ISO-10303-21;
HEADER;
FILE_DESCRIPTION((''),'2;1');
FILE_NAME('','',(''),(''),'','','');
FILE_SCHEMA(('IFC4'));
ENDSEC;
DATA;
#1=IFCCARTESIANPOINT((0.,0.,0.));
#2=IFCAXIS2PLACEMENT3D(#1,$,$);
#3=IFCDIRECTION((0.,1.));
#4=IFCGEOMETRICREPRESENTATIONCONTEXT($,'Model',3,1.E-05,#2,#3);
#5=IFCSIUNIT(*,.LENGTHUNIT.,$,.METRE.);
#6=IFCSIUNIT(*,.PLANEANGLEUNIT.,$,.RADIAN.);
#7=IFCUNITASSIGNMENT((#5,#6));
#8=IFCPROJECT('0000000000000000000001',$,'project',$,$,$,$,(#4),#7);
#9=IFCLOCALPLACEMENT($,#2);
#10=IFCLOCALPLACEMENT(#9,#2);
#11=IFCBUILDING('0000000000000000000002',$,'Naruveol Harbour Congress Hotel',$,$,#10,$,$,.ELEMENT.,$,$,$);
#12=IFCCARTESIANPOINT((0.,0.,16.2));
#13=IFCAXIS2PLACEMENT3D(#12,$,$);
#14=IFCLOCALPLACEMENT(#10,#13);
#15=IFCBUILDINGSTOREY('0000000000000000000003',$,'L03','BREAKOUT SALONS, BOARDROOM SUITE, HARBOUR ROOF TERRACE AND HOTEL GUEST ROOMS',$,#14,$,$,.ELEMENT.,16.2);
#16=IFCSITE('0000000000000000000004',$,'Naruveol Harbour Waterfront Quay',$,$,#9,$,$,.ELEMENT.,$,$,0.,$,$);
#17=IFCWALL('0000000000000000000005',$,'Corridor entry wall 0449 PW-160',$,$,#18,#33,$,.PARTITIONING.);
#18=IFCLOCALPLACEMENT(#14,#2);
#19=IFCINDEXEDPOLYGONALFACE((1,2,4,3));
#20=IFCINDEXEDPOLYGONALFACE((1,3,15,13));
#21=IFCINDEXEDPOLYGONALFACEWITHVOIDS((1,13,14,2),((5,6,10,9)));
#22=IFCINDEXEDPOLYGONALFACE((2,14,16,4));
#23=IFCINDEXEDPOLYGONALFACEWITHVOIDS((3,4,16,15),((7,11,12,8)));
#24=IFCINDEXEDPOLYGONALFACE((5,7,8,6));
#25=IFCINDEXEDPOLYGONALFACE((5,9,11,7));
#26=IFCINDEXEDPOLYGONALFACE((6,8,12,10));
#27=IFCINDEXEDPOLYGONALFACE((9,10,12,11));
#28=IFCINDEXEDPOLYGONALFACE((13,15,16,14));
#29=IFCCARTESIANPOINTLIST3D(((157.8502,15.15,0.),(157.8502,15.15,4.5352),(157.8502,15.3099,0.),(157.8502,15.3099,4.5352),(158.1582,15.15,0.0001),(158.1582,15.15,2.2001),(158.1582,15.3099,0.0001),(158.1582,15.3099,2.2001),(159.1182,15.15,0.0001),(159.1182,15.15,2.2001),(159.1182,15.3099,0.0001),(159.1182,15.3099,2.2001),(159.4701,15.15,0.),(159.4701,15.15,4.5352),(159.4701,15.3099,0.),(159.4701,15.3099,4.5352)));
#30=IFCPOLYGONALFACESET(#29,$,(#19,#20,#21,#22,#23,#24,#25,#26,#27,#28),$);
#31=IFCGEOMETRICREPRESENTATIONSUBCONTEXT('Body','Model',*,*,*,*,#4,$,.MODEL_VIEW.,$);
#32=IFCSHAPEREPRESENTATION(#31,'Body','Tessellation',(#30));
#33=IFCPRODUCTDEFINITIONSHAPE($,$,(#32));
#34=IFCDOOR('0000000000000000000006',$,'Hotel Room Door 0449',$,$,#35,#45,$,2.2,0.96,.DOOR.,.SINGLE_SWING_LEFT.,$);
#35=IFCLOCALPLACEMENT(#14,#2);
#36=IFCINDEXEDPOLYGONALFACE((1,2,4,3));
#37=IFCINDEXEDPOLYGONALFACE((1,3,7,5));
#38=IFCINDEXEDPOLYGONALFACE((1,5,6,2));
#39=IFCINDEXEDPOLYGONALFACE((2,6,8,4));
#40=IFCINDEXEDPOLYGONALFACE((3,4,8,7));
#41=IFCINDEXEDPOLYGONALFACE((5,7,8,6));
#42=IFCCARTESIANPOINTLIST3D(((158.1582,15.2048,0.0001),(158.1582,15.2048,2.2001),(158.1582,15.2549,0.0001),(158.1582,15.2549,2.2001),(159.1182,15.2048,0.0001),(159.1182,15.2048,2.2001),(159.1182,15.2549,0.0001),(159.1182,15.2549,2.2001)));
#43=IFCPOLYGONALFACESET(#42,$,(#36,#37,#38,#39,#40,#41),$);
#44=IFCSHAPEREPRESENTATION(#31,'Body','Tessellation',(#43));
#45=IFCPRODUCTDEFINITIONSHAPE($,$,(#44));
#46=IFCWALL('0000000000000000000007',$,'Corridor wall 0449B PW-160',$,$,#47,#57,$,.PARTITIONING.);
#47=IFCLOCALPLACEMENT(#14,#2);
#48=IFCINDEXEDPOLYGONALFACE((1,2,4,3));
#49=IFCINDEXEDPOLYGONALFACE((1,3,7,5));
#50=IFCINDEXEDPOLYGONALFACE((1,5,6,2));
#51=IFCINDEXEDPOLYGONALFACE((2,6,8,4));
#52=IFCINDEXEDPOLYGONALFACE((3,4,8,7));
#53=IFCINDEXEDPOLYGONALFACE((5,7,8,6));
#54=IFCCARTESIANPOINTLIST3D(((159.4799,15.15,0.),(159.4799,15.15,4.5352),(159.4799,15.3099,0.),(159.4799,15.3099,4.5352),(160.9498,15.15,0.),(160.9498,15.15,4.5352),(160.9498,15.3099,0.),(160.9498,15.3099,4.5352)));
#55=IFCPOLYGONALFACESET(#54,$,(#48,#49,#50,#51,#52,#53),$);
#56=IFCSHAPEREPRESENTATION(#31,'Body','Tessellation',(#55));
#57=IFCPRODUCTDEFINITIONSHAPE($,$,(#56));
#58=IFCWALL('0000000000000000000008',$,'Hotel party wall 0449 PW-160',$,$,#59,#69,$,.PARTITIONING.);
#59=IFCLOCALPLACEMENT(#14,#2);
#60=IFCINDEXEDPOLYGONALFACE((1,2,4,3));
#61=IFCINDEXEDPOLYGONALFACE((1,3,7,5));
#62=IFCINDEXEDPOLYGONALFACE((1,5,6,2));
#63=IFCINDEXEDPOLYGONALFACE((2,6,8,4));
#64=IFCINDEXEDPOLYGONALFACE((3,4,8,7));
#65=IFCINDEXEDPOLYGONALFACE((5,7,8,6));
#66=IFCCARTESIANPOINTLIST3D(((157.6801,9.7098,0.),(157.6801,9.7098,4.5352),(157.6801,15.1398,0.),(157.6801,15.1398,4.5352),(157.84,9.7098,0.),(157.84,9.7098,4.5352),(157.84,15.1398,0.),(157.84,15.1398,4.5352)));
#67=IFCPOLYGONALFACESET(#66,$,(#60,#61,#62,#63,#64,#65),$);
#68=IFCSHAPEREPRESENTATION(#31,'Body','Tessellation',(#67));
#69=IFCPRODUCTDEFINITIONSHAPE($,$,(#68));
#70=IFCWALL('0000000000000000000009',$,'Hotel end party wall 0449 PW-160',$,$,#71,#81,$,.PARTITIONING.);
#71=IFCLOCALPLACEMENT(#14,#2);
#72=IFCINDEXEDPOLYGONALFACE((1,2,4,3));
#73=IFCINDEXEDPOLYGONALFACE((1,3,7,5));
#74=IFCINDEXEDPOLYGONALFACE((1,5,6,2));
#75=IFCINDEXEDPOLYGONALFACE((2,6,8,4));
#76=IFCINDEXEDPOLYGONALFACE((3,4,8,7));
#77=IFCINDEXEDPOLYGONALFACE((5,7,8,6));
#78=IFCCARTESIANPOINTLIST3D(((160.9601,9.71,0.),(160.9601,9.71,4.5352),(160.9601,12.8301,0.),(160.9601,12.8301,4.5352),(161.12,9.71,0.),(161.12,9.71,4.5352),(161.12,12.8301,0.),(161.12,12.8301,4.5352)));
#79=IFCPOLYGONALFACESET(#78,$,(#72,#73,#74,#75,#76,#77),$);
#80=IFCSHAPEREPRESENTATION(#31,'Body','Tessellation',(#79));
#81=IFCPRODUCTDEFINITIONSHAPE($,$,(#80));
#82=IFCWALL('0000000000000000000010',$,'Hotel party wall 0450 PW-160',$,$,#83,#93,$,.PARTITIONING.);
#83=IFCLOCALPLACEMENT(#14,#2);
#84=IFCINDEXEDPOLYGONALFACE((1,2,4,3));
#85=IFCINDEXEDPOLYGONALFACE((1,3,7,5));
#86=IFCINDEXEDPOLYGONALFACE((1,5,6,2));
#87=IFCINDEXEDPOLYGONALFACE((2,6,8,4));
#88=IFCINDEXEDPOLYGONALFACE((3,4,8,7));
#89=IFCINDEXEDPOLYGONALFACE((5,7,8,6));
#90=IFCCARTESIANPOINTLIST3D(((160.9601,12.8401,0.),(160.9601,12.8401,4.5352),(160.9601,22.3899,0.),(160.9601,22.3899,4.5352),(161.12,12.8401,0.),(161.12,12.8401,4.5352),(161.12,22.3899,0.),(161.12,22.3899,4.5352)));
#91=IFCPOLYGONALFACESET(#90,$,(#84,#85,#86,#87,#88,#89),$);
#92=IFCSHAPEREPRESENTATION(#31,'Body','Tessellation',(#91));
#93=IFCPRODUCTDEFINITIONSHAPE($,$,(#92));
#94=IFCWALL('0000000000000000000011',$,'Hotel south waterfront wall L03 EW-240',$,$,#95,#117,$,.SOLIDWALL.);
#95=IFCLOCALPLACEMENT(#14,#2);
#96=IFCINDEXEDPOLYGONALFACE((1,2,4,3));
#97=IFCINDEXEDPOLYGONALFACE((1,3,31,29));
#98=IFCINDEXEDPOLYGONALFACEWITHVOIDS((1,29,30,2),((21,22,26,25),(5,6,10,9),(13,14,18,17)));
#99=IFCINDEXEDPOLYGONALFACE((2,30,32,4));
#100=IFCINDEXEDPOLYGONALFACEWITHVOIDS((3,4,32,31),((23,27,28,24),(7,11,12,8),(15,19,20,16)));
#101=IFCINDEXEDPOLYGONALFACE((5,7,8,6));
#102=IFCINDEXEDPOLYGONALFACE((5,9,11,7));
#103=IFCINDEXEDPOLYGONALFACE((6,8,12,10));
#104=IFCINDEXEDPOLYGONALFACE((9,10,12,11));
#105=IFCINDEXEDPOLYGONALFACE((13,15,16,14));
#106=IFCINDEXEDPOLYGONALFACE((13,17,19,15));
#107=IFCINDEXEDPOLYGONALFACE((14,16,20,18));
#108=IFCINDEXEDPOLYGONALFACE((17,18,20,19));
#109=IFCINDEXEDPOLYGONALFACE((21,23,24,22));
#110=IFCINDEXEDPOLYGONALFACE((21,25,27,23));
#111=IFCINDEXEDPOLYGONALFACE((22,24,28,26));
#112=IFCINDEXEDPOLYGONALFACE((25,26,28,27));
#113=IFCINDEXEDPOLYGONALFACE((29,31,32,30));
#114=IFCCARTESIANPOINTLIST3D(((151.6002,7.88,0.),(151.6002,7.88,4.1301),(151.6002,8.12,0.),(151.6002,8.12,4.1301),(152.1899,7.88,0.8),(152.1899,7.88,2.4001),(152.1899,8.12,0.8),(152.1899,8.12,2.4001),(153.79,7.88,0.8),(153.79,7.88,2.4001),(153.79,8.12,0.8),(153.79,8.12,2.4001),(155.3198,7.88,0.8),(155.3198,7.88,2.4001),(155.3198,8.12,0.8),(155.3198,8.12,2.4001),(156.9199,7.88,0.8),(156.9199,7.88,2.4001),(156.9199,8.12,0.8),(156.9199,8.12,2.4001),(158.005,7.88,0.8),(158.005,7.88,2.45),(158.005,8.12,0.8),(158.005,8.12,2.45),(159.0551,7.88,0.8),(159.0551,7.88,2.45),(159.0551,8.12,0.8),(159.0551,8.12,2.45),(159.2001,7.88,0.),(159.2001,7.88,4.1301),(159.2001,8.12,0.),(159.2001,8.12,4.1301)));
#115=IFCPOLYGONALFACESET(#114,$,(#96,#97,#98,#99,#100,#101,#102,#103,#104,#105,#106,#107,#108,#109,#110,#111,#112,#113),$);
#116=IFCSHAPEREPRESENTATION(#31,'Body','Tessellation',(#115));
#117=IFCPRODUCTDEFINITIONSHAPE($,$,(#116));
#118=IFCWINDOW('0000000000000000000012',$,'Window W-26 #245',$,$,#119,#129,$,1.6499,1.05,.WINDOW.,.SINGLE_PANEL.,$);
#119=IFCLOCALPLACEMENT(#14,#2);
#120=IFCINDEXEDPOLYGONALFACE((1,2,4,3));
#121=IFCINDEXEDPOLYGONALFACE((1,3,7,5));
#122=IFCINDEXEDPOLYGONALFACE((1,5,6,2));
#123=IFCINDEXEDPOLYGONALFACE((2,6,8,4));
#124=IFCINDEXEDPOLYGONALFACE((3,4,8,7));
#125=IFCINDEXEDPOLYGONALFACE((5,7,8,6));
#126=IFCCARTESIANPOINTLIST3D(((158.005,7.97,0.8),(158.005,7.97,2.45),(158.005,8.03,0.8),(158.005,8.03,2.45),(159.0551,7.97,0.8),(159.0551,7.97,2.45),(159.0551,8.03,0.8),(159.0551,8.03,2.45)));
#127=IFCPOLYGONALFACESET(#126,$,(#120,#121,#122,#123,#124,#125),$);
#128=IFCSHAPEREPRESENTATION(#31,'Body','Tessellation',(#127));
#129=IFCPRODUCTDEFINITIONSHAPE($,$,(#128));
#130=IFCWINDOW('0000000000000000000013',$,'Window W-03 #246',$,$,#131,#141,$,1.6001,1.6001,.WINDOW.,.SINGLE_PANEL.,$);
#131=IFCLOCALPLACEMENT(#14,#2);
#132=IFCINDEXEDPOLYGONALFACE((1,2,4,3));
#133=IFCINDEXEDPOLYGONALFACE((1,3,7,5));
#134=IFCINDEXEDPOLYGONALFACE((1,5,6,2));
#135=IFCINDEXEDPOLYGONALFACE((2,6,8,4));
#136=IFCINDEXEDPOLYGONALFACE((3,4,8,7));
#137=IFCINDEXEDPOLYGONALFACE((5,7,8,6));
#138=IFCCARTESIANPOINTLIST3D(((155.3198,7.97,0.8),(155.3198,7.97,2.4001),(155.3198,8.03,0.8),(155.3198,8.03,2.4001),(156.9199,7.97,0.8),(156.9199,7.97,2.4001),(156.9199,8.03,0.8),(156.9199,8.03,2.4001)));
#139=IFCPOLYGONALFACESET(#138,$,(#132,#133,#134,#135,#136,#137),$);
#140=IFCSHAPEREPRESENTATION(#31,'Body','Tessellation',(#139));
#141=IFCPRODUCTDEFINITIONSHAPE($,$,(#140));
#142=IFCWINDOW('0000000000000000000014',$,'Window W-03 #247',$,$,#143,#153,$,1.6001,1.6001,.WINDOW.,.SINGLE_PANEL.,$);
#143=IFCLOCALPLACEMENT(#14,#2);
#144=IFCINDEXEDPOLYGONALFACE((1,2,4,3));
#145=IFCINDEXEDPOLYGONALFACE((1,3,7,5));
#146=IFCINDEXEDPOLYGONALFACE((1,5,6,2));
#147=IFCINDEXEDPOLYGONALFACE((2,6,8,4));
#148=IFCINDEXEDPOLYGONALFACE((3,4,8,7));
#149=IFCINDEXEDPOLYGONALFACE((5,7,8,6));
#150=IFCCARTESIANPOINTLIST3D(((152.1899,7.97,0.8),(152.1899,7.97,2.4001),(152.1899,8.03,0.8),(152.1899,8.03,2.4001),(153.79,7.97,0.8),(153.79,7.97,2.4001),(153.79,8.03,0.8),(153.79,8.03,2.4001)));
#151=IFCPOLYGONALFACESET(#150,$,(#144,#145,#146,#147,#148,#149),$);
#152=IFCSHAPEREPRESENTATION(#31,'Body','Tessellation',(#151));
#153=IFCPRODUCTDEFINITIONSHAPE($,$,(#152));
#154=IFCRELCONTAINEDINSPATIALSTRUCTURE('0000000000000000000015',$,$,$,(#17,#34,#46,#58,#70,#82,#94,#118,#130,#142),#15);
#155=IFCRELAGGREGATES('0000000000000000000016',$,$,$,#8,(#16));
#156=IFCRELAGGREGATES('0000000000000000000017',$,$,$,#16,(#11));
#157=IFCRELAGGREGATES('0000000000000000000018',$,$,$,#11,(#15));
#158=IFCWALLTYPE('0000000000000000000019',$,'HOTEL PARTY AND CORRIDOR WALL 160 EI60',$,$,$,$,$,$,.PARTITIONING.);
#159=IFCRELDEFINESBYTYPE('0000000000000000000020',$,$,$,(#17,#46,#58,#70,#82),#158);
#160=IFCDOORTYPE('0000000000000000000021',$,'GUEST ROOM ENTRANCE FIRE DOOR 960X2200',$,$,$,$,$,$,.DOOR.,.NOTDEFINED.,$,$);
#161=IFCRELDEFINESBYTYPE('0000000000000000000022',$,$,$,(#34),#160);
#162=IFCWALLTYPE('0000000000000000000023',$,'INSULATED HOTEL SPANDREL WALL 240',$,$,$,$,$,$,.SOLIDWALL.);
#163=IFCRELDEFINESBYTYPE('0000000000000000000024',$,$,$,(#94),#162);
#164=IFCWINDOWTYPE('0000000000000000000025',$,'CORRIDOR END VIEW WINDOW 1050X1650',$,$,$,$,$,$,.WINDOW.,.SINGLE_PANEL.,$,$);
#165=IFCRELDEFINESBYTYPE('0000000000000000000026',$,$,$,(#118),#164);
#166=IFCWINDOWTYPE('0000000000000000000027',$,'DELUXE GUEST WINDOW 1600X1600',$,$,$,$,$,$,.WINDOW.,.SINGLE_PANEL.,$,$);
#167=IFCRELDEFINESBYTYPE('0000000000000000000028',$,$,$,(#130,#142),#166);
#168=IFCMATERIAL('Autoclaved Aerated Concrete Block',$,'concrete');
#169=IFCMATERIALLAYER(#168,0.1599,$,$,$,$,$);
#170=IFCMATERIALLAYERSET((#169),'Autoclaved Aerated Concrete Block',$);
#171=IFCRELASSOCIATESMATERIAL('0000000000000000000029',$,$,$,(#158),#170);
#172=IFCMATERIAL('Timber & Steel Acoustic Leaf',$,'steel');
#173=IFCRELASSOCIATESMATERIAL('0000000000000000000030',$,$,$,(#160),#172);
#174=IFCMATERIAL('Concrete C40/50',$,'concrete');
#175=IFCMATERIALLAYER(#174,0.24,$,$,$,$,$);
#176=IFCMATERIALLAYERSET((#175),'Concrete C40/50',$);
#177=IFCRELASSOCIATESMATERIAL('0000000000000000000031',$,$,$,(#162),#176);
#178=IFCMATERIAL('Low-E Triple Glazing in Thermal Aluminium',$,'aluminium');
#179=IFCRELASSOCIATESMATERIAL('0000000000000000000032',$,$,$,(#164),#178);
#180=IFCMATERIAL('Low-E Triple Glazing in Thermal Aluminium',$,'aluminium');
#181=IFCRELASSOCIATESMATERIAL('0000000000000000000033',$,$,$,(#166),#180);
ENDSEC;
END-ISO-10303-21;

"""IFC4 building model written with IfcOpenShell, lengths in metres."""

from ifc_helpers import new_model, si_unit, direction, frame, frame_2d, origin, place, context, subcontext, project, spatial, rectangle, extrude, material, layer, layer_set, type_object, element, fill, save


model = new_model("IFC4")

# Units and contexts
model_context = context("Model", 3, precision=1e-05, world=origin(), true_north=direction((0.0, 1.0)))
body_context = subcontext(model_context, "Body", "Model", "MODEL_VIEW")
ifc_project = project(units=[si_unit("LENGTHUNIT", "METRE"), si_unit("PLANEANGLEUNIT", "RADIAN")], contexts=[model_context])

# Site, building, storey
site_placement = place(None, origin())
site = spatial("IfcSite", under=ifc_project, at=site_placement, Name="Naruveol Harbour Waterfront Quay", CompositionType="ELEMENT", RefElevation=0.0)
building_placement = place(site_placement, origin())
building = spatial("IfcBuilding", under=site, at=building_placement, Name="Naruveol Harbour Congress Hotel", CompositionType="ELEMENT")
storey_placement = place(building_placement, frame((0.0, 0.0, 16.2)))
storey = spatial("IfcBuildingStorey", under=building, at=storey_placement, Name="L03", Description="BREAKOUT SALONS, BOARDROOM SUITE, HARBOUR ROOF TERRACE AND HOTEL GUEST ROOMS", CompositionType="ELEMENT", Elevation=16.2)

# Shared definitions
ifc_material_1 = material(Name="Autoclaved Aerated Concrete Block", Category="concrete")
ifc_layer_1 = layer(ifc_material_1, 0.1599)
ifc_layer_set_1 = layer_set([ifc_layer_1], Name="Autoclaved Aerated Concrete Block")
wall_type_1 = type_object("IfcWallType", Name="HOTEL PARTY AND CORRIDOR WALL 160 EI60", PredefinedType="PARTITIONING", material=ifc_layer_set_1)

# Wall, opening, door
wall_1_placement = place(storey_placement, frame((157.8501, 15.23, 0.0), z_axis=(0.0, 0.0, 1.0), x_axis=(1.0, 0.0, 0.0)))
wall_1 = element("IfcWall", 1, at=wall_1_placement, inside=storey, type_object=wall_type_1, Name="Corridor entry wall 0449 PW-160", PredefinedType="PARTITIONING", context=body_context, shape_type="SweptSolid", body=[
    extrude(rectangle(XDim=1.6199, YDim=0.1599, at=frame_2d((0.8101, 0.0))), origin(), (0.0, 0.0, 1.0), 4.5352),
])
opening_1_placement = place(wall_1_placement, frame((0.3081, 0.0, 0.0)))
opening_1 = element("IfcOpeningElement", 2, at=opening_1_placement, cuts=wall_1, PredefinedType="OPENING", context=body_context, shape_type="SweptSolid", body=[
    extrude(rectangle(XDim=0.96, YDim=2.2, at=frame_2d((0.48, 1.1001))), frame((0.0, 0.0898, 0.0), z_axis=(0.0, -1.0, 0.0), x_axis=(1.0, 0.0, 0.0)), (0.0, 0.0, 1.0), 0.1799),
])
ifc_material_2 = material(Name="Timber & Steel Acoustic Leaf", Category="steel")
door_type_1 = type_object("IfcDoorType", Name="GUEST ROOM ENTRANCE FIRE DOOR 960X2200", OperationType="NOTDEFINED", PredefinedType="DOOR", material=ifc_material_2)
door_1_placement = place(opening_1_placement, origin())
door_1 = element("IfcDoor", 3, at=door_1_placement, inside=storey, type_object=door_type_1, Name="Hotel Room Door 0449", OperationType="SINGLE_SWING_LEFT", OverallHeight=2.2, OverallWidth=0.96, PredefinedType="DOOR", context=body_context, shape_type="SweptSolid", body=[
    extrude(rectangle(XDim=0.96, YDim=2.2, at=frame_2d((0.48, 1.1001))), frame((0.0, 0.0249, 0.0), z_axis=(0.0, -1.0, 0.0), x_axis=(1.0, 0.0, 0.0)), (0.0, 0.0, 1.0), 0.05),
])
fill(opening_1, door_1)

# Walls
wall_2_placement = place(storey_placement, frame((159.48, 15.23, 0.0), z_axis=(0.0, 0.0, 1.0), x_axis=(1.0, 0.0, 0.0)))
element("IfcWall", 4, at=wall_2_placement, inside=storey, type_object=wall_type_1, Name="Corridor wall 0449B PW-160", PredefinedType="PARTITIONING", context=body_context, shape_type="SweptSolid", body=[
    extrude(rectangle(XDim=1.47, YDim=0.1599, at=frame_2d((0.7349, 0.0))), origin(), (0.0, 0.0, 1.0), 4.5352),
])
wall_3_placement = place(storey_placement, frame((157.76, 9.71, 0.0), z_axis=(0.0, 0.0, 1.0), x_axis=(0.0, 1.0, 0.0)))
element("IfcWall", 5, at=wall_3_placement, inside=storey, type_object=wall_type_1, Name="Hotel party wall 0449 PW-160", PredefinedType="PARTITIONING", context=body_context, shape_type="SweptSolid", body=[
    extrude(rectangle(XDim=5.4299, YDim=0.1599, at=frame_2d((2.7148, 0.0))), origin(), (0.0, 0.0, 1.0), 4.5352),
])
wall_4_placement = place(storey_placement, frame((161.04, 9.71, 0.0), z_axis=(0.0, 0.0, 1.0), x_axis=(0.0, 1.0, 0.0)))
element("IfcWall", 6, at=wall_4_placement, inside=storey, type_object=wall_type_1, Name="Hotel end party wall 0449 PW-160", PredefinedType="PARTITIONING", context=body_context, shape_type="SweptSolid", body=[
    extrude(rectangle(XDim=3.1201, YDim=0.1599, at=frame_2d((1.5601, 0.0))), origin(), (0.0, 0.0, 1.0), 4.5352),
])
wall_5_placement = place(storey_placement, frame((161.04, 12.8401, 0.0), z_axis=(0.0, 0.0, 1.0), x_axis=(0.0, 1.0, 0.0)))
element("IfcWall", 7, at=wall_5_placement, inside=storey, type_object=wall_type_1, Name="Hotel party wall 0450 PW-160", PredefinedType="PARTITIONING", context=body_context, shape_type="SweptSolid", body=[
    extrude(rectangle(XDim=9.5498, YDim=0.1599, at=frame_2d((4.7749, 0.0))), origin(), (0.0, 0.0, 1.0), 4.5352),
])

# Wall, openings, windows
ifc_material_3 = material(Name="Concrete C40/50", Category="concrete")
ifc_layer_2 = layer(ifc_material_3, 0.24)
ifc_layer_set_2 = layer_set([ifc_layer_2], Name="Concrete C40/50")
wall_type_2 = type_object("IfcWallType", Name="INSULATED HOTEL SPANDREL WALL 240", PredefinedType="SOLIDWALL", material=ifc_layer_set_2)
wall_6_placement = place(storey_placement, frame((159.2, 8.0, 0.0), z_axis=(0.0, 0.0, 1.0), x_axis=(-1.0, 0.0, 0.0)))
wall_6 = element("IfcWall", 8, at=wall_6_placement, inside=storey, type_object=wall_type_2, Name="Hotel south waterfront wall L03 EW-240", PredefinedType="SOLIDWALL", context=body_context, shape_type="SweptSolid", body=[
    extrude(rectangle(XDim=7.5999, YDim=0.24, at=frame_2d((3.7998, 0.0))), origin(), (0.0, 0.0, 1.0), 4.1301),
])
opening_2_placement = place(wall_6_placement, frame((0.145, 0.0, 0.8)))
opening_2 = element("IfcOpeningElement", 9, at=opening_2_placement, cuts=wall_6, PredefinedType="OPENING", context=body_context, shape_type="SweptSolid", body=[
    extrude(rectangle(XDim=1.05, YDim=1.6499, at=frame_2d((0.5249, 0.825))), frame((0.0, 0.1299, 0.0), z_axis=(0.0, -1.0, 0.0), x_axis=(1.0, 0.0, 0.0)), (0.0, 0.0, 1.0), 0.26),
])
opening_3_placement = place(wall_6_placement, frame((2.28, 0.0, 0.8)))
opening_3 = element("IfcOpeningElement", 10, at=opening_3_placement, cuts=wall_6, PredefinedType="OPENING", context=body_context, shape_type="SweptSolid", body=[
    extrude(rectangle(XDim=1.6001, YDim=1.6001, at=frame_2d((0.8, 0.8))), frame((0.0, 0.1299, 0.0), z_axis=(0.0, -1.0, 0.0), x_axis=(1.0, 0.0, 0.0)), (0.0, 0.0, 1.0), 0.26),
])
opening_4_placement = place(wall_6_placement, frame((5.4099, 0.0, 0.8)))
opening_4 = element("IfcOpeningElement", 11, at=opening_4_placement, cuts=wall_6, PredefinedType="OPENING", context=body_context, shape_type="SweptSolid", body=[
    extrude(rectangle(XDim=1.6001, YDim=1.6001, at=frame_2d((0.8, 0.8))), frame((0.0, 0.1299, 0.0), z_axis=(0.0, -1.0, 0.0), x_axis=(1.0, 0.0, 0.0)), (0.0, 0.0, 1.0), 0.26),
])
ifc_material_4 = material(Name="Low-E Triple Glazing in Thermal Aluminium", Category="aluminium")
window_type_1 = type_object("IfcWindowType", Name="CORRIDOR END VIEW WINDOW 1050X1650", PartitioningType="SINGLE_PANEL", PredefinedType="WINDOW", material=ifc_material_4)
window_1_placement = place(opening_2_placement, origin())
window_1 = element("IfcWindow", 12, at=window_1_placement, inside=storey, type_object=window_type_1, Name="Window W-26 #245", OverallHeight=1.6499, OverallWidth=1.05, PartitioningType="SINGLE_PANEL", PredefinedType="WINDOW", context=body_context, shape_type="SweptSolid", body=[
    extrude(rectangle(XDim=1.05, YDim=1.6499, at=frame_2d((0.5249, 0.825))), frame((0.0, 0.03, 0.0), z_axis=(0.0, -1.0, 0.0), x_axis=(1.0, 0.0, 0.0)), (0.0, 0.0, 1.0), 0.0601),
])
fill(opening_2, window_1)
ifc_material_5 = material(Name="Low-E Triple Glazing in Thermal Aluminium", Category="aluminium")
window_type_2 = type_object("IfcWindowType", Name="DELUXE GUEST WINDOW 1600X1600", PartitioningType="SINGLE_PANEL", PredefinedType="WINDOW", material=ifc_material_5)
window_2_placement = place(opening_3_placement, origin())
window_2 = element("IfcWindow", 13, at=window_2_placement, inside=storey, type_object=window_type_2, Name="Window W-03 #246", OverallHeight=1.6001, OverallWidth=1.6001, PartitioningType="SINGLE_PANEL", PredefinedType="WINDOW", context=body_context, shape_type="SweptSolid", body=[
    extrude(rectangle(XDim=1.6001, YDim=1.6001, at=frame_2d((0.8, 0.8))), frame((0.0, 0.03, 0.0), z_axis=(0.0, -1.0, 0.0), x_axis=(1.0, 0.0, 0.0)), (0.0, 0.0, 1.0), 0.0601),
])
fill(opening_3, window_2)
window_3_placement = place(opening_4_placement, origin())
window_3 = element("IfcWindow", 14, at=window_3_placement, inside=storey, type_object=window_type_2, Name="Window W-03 #247", OverallHeight=1.6001, OverallWidth=1.6001, PartitioningType="SINGLE_PANEL", PredefinedType="WINDOW", context=body_context, shape_type="SweptSolid", body=[
    extrude(rectangle(XDim=1.6001, YDim=1.6001, at=frame_2d((0.8, 0.8))), frame((0.0, 0.03, 0.0), z_axis=(0.0, -1.0, 0.0), x_axis=(1.0, 0.0, 0.0)), (0.0, 0.0, 1.0), 0.0601),
])
fill(opening_4, window_3)

save(model, "model.ifc")
